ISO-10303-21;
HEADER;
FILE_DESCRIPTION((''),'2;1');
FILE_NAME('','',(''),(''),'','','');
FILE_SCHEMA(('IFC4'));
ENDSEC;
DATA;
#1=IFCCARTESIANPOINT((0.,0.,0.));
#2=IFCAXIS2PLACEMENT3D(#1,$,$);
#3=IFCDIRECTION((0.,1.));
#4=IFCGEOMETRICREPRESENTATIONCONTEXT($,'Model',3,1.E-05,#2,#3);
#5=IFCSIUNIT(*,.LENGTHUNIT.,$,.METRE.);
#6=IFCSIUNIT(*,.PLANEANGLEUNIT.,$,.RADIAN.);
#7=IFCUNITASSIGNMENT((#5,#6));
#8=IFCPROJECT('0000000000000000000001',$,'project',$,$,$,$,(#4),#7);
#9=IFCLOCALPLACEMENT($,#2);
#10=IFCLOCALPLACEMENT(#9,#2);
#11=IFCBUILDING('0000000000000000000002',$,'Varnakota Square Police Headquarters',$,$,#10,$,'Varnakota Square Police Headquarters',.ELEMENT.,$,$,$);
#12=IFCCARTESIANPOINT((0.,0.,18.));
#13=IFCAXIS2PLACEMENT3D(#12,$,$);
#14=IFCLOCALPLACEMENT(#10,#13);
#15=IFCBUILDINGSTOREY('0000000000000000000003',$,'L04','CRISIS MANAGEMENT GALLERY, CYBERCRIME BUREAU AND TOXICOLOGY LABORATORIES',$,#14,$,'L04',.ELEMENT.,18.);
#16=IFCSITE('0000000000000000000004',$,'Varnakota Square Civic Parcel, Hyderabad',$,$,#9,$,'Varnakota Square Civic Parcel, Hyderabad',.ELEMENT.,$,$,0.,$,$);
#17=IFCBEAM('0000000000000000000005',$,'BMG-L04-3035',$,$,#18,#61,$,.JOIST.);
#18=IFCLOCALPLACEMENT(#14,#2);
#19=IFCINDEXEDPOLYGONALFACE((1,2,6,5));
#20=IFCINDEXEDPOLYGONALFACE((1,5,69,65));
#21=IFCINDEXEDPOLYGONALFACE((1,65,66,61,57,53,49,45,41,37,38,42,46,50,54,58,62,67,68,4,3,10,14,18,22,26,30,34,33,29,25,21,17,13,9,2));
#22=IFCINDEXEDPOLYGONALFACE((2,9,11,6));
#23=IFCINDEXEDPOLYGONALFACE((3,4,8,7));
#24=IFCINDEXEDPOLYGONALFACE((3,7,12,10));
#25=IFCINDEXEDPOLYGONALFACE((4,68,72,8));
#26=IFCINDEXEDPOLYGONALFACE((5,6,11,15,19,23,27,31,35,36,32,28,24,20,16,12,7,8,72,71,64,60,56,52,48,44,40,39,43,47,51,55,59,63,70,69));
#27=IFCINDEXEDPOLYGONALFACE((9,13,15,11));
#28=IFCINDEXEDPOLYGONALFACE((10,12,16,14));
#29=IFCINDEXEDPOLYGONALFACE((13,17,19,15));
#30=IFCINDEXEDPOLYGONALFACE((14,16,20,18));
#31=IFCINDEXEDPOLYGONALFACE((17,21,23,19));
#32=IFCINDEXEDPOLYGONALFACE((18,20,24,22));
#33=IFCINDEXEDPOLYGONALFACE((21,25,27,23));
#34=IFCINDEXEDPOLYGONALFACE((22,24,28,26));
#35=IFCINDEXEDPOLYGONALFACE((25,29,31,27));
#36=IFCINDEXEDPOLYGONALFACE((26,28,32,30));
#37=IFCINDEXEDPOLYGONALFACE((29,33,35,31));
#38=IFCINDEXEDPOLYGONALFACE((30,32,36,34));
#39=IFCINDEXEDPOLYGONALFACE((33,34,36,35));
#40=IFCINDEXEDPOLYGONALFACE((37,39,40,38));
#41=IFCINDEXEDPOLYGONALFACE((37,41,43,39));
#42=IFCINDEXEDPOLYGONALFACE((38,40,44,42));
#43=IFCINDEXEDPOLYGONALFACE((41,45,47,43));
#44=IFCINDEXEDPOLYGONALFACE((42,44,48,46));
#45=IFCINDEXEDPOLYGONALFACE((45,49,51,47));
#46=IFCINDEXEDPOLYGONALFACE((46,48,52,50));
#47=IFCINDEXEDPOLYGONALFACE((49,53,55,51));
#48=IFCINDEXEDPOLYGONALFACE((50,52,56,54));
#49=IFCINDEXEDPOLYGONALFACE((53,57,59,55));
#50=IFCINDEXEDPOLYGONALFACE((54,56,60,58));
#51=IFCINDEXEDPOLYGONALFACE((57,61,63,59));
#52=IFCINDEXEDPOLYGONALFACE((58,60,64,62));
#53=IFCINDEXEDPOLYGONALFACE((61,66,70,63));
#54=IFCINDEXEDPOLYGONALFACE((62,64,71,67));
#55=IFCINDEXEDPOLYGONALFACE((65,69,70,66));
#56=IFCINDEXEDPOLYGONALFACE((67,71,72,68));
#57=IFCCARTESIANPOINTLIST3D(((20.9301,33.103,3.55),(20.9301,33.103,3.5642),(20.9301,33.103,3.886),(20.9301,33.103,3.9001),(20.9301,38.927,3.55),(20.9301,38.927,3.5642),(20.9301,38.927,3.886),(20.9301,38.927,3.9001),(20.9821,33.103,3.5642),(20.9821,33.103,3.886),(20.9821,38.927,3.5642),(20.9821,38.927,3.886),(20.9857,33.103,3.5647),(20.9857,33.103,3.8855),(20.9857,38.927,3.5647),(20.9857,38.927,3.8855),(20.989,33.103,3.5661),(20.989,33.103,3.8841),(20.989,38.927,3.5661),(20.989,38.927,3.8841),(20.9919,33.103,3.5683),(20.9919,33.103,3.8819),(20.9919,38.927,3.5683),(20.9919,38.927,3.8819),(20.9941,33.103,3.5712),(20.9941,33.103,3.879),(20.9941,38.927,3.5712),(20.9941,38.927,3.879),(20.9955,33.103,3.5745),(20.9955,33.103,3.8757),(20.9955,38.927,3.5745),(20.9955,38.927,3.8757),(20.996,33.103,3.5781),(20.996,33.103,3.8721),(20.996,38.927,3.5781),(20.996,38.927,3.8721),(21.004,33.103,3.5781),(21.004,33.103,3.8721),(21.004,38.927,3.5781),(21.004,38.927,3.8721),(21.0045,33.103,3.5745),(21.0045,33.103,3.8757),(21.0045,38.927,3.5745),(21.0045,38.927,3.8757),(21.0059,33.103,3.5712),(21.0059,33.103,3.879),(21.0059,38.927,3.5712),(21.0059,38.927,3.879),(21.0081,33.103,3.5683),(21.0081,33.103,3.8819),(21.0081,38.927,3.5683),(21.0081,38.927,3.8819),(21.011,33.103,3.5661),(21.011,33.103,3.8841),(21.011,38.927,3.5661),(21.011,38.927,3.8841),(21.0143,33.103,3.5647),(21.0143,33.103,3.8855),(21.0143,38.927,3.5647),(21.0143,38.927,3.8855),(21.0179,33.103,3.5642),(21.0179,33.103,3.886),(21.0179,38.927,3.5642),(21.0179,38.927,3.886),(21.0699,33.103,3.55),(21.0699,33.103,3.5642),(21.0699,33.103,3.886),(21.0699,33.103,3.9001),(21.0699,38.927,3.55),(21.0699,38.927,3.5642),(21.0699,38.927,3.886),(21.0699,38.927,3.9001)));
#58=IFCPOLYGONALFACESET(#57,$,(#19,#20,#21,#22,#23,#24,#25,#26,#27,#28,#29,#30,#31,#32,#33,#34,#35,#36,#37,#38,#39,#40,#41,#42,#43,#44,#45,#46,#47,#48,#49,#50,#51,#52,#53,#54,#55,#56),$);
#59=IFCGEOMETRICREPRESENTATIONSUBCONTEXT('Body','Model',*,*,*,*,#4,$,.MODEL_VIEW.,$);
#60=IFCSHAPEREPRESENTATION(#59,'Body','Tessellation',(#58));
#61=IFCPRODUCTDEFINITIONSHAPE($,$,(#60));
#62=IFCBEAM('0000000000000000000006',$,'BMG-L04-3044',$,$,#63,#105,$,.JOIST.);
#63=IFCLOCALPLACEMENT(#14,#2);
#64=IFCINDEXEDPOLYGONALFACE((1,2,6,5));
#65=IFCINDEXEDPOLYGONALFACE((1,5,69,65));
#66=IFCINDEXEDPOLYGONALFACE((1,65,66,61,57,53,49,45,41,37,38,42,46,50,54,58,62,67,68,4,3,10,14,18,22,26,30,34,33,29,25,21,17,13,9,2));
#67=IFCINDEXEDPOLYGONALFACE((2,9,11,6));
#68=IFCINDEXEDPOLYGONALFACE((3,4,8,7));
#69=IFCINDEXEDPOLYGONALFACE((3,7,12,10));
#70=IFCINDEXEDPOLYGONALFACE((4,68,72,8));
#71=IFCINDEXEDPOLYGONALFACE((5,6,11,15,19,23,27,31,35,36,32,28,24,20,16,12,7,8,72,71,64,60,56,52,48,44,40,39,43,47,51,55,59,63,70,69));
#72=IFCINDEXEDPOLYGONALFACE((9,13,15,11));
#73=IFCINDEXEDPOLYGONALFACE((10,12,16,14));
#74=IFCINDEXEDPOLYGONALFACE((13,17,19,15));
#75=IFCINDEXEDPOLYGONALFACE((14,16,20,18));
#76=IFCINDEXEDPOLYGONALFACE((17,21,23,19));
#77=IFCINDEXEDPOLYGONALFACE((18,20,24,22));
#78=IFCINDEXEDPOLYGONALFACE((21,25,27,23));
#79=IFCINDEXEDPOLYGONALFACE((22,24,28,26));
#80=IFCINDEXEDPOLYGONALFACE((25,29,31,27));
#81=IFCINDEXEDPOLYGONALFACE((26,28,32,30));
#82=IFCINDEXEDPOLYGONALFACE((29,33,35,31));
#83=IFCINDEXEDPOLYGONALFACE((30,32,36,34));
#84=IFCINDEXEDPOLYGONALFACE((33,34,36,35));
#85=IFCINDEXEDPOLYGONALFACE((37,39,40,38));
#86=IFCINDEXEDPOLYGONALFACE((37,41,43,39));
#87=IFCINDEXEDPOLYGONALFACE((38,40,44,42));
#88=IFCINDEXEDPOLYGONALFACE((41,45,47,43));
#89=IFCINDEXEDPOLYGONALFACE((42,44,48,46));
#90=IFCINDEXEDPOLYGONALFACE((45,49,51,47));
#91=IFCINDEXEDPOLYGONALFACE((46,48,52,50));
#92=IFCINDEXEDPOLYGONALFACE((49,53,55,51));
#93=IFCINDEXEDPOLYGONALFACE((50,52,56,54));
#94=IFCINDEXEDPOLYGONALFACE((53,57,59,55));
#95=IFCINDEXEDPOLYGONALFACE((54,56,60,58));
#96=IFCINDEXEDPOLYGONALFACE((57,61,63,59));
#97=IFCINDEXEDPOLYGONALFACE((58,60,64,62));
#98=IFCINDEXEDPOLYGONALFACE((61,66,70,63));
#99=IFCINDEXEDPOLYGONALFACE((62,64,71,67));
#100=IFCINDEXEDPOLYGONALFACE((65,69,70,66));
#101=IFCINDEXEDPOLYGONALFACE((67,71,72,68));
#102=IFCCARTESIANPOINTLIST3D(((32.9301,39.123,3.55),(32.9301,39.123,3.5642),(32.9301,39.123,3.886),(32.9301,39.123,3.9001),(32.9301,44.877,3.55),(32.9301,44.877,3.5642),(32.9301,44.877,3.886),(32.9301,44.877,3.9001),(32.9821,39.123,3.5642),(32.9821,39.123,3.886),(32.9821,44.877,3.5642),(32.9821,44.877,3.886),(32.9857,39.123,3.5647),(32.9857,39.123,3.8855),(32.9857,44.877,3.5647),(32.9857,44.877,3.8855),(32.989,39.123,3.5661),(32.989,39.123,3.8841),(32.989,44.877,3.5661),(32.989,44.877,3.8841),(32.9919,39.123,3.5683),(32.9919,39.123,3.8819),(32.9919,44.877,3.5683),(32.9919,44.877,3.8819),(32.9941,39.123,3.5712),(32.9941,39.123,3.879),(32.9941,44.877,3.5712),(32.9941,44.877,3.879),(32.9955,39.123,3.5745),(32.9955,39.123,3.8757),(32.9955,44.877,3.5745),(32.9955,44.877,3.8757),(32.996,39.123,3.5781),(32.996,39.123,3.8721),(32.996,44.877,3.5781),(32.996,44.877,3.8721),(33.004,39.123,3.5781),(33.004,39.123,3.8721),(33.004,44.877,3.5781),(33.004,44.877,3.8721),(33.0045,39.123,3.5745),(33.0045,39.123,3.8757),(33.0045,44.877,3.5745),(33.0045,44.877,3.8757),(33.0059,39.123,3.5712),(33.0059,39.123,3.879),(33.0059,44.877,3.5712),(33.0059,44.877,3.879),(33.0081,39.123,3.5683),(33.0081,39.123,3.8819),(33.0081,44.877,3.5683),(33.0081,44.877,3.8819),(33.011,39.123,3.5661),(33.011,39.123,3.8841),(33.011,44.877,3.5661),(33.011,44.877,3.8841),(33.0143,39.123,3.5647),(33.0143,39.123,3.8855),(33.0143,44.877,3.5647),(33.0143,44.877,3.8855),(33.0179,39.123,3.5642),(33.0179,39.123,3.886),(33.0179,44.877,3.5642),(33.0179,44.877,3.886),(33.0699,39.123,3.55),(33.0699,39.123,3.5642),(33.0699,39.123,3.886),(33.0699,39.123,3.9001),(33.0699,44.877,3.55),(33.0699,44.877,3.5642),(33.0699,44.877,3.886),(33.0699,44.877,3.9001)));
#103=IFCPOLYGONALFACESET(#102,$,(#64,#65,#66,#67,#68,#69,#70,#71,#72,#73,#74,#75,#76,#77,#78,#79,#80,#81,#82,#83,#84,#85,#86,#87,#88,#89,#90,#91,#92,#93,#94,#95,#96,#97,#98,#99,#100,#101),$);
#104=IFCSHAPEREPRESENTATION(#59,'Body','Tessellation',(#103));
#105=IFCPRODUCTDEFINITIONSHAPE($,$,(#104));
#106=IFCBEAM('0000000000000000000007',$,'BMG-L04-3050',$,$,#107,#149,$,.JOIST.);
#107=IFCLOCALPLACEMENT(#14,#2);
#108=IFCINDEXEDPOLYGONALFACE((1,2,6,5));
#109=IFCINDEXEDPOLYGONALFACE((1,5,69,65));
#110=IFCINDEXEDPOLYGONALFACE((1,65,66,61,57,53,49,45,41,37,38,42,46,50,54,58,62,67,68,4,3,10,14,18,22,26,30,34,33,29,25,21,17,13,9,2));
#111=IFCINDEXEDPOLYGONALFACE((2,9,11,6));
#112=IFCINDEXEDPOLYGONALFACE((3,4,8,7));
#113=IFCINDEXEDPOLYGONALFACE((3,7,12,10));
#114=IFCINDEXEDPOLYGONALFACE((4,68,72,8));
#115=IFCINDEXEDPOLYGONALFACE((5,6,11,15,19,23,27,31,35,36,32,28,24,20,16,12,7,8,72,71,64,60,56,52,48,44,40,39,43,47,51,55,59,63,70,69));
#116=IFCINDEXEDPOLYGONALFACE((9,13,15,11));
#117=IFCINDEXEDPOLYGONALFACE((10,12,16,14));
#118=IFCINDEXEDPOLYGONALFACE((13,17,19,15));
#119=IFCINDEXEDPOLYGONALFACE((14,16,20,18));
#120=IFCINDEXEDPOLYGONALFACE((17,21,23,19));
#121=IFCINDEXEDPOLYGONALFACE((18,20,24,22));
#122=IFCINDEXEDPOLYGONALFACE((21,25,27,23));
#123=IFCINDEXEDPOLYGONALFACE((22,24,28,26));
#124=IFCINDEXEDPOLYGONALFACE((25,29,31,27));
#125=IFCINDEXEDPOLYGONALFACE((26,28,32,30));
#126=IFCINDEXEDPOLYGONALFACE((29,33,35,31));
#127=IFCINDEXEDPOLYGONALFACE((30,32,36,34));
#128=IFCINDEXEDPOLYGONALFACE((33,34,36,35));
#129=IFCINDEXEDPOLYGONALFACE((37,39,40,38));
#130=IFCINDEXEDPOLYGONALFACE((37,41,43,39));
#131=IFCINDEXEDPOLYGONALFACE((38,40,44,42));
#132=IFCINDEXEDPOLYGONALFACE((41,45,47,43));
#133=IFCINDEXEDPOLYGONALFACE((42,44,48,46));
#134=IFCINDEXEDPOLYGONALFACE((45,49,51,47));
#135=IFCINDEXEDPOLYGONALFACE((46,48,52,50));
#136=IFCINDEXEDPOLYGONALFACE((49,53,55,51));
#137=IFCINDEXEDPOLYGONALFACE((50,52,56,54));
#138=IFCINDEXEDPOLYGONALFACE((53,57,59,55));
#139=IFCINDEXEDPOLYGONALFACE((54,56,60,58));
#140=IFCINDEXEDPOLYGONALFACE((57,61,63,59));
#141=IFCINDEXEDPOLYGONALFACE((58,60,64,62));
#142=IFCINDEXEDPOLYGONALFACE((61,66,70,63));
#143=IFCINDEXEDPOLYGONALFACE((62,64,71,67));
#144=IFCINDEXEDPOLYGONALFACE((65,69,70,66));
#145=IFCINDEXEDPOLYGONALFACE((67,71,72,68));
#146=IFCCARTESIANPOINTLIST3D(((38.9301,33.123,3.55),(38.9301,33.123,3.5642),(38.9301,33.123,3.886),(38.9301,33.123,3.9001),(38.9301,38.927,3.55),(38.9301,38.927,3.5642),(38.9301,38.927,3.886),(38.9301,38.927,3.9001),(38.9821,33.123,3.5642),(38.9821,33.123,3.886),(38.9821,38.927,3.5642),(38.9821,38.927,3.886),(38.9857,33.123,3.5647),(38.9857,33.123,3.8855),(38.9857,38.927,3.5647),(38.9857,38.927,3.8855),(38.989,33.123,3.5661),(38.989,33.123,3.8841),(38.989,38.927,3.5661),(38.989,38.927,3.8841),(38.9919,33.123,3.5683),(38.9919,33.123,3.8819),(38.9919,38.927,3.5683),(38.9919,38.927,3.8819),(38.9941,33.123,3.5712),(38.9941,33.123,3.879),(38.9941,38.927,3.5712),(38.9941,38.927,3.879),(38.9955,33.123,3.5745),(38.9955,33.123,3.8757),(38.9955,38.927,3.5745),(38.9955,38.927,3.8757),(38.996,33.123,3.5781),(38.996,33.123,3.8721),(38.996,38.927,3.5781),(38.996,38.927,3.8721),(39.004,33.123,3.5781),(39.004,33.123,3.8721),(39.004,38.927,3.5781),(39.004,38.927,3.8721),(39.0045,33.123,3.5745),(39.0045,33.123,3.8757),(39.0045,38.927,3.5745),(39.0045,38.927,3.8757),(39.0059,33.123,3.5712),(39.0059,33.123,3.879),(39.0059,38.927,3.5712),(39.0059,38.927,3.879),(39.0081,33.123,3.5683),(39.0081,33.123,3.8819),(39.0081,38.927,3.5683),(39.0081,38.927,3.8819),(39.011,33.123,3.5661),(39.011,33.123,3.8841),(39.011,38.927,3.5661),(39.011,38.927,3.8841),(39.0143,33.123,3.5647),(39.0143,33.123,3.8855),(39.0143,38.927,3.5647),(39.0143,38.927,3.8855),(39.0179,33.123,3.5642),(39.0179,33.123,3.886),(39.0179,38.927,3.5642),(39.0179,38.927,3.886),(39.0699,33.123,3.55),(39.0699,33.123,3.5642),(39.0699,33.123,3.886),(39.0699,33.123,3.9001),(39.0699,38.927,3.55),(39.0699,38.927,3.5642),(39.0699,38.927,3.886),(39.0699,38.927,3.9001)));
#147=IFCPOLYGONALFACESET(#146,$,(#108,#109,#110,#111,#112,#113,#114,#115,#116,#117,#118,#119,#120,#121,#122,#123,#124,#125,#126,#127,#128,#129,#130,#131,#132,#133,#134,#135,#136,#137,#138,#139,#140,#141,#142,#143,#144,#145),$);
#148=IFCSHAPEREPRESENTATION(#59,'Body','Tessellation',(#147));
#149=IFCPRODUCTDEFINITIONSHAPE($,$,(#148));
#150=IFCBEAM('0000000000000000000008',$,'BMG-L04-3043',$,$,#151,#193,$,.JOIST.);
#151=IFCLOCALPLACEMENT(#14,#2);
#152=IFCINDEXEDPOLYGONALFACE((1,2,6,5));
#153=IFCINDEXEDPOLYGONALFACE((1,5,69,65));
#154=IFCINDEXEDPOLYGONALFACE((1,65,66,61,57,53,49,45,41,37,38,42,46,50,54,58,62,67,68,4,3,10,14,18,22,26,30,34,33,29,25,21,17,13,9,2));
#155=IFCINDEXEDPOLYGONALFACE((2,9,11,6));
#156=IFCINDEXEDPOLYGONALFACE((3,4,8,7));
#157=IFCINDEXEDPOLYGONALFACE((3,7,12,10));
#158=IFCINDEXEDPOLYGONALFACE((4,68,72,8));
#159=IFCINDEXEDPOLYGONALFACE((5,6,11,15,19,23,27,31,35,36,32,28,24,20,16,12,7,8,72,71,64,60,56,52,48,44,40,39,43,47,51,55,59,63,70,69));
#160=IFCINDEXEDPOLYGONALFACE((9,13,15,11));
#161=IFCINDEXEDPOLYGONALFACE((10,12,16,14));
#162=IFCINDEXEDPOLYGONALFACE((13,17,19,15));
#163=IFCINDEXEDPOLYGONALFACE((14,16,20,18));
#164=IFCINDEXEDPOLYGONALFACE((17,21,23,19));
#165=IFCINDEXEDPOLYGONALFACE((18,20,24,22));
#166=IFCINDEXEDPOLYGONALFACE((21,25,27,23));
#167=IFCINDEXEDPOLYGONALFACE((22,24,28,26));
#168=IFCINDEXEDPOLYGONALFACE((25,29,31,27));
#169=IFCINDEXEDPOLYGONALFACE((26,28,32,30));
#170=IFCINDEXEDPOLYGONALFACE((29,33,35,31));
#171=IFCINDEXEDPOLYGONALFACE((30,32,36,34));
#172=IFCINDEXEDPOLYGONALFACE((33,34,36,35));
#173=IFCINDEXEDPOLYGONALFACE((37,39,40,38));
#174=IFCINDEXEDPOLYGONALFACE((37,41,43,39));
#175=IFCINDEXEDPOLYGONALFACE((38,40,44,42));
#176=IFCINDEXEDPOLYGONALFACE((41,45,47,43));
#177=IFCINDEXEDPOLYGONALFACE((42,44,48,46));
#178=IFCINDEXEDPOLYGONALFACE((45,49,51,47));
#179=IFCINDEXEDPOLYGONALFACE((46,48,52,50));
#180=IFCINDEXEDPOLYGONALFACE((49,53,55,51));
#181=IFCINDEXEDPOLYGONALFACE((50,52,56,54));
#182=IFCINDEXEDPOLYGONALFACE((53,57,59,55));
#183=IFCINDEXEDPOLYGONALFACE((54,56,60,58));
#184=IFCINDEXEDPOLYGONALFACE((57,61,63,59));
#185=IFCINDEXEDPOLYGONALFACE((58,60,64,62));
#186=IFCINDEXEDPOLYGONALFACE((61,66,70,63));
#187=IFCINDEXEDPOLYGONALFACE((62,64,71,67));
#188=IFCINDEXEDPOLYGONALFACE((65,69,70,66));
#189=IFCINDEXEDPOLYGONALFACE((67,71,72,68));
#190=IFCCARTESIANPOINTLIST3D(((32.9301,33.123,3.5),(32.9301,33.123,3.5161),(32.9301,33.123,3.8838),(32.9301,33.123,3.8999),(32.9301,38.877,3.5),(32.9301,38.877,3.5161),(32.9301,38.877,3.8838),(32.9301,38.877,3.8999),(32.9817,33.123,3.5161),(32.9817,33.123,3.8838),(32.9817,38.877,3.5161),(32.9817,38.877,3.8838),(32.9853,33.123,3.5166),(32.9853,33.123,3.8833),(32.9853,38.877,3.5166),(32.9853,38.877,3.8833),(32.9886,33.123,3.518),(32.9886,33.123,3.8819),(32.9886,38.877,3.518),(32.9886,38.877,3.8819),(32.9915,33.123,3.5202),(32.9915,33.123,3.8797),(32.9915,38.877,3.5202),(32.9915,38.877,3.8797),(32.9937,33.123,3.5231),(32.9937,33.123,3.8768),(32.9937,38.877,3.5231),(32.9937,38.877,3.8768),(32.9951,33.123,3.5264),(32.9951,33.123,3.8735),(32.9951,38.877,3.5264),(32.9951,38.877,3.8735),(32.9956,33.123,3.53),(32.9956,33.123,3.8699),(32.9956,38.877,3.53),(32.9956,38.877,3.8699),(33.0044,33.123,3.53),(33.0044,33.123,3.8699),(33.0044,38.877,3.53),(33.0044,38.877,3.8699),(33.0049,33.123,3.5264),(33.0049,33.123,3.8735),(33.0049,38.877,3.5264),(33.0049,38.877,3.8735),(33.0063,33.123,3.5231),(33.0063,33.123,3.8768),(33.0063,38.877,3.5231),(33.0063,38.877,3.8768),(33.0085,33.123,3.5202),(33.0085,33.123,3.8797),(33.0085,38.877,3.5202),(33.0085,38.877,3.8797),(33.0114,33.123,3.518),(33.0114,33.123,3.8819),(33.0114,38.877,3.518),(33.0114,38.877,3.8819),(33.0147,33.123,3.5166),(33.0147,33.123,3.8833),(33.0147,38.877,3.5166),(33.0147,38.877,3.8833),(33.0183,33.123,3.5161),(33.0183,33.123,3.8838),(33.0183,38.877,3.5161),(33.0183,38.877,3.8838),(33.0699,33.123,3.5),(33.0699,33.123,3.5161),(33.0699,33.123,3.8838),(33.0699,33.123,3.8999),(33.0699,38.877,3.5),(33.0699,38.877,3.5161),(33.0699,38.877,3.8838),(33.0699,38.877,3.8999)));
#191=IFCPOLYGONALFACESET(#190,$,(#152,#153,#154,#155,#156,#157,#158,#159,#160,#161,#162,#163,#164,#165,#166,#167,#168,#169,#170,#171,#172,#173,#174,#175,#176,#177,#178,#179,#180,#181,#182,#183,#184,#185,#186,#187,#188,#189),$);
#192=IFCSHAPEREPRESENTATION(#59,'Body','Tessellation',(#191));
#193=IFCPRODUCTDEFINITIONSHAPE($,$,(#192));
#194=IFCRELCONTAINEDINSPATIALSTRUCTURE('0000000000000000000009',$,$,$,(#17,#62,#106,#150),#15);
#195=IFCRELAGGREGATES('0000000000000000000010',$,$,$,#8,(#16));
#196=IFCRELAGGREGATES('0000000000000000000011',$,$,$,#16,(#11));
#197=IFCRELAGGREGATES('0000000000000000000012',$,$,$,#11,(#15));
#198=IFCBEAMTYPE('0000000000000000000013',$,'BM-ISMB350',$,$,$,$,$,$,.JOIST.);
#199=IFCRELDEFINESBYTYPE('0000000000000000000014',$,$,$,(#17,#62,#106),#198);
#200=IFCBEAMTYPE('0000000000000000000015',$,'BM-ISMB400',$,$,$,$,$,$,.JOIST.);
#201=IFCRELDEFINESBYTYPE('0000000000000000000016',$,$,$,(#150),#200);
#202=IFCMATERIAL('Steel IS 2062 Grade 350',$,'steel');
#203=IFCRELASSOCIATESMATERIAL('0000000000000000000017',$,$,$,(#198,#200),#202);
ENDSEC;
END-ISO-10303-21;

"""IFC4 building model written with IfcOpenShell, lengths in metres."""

from ifc_helpers import new_model, si_unit, direction, frame, origin, origin_2d, place, context, subcontext, project, spatial, i_section, extrude, material, material_profile, profile_set, type_object, element, save


model = new_model("IFC4")

# Units and contexts
model_context = context("Model", 3, precision=1e-05, world=origin(), true_north=direction((0.0, 1.0)))
body_context = subcontext(model_context, "Body", "Model", "MODEL_VIEW")
ifc_project = project(units=[si_unit("LENGTHUNIT", "METRE"), si_unit("PLANEANGLEUNIT", "RADIAN")], contexts=[model_context])

# Site, building, storey
site_placement = place(None, origin())
site = spatial("IfcSite", under=ifc_project, at=site_placement, Name="Varnakota Square Civic Parcel, Hyderabad", LongName="Varnakota Square Civic Parcel, Hyderabad", CompositionType="ELEMENT", RefElevation=0.0)
building_placement = place(site_placement, origin())
building = spatial("IfcBuilding", under=site, at=building_placement, Name="Varnakota Square Police Headquarters", LongName="Varnakota Square Police Headquarters", CompositionType="ELEMENT")
storey_placement = place(building_placement, frame((0.0, 0.0, 18.0)))
storey = spatial("IfcBuildingStorey", under=building, at=storey_placement, Name="L04", Description="CRISIS MANAGEMENT GALLERY, CYBERCRIME BUREAU AND TOXICOLOGY LABORATORIES", LongName="L04", CompositionType="ELEMENT", Elevation=18.0)

# Shared definitions
ifc_material_1 = material(Name="Steel IS 2062 Grade 350", Category="steel")

# Beams
ifc_material_profile_1 = material_profile(ifc_material_1, i_section(OverallWidth=0.1399, OverallDepth=0.3501, WebThickness=0.0081, FlangeThickness=0.0142, FilletRadius=0.0139, at=origin_2d()), Name="ISMB 350")
ifc_profile_set_1 = profile_set([ifc_material_profile_1], Name="Steel IS 2062 Grade 350")
beam_type_1 = type_object("IfcBeamType", Name="BM-ISMB350", PredefinedType="JOIST", material=ifc_profile_set_1)
beam_1_placement = place(storey_placement, frame((21.0, 33.103, 3.7251), z_axis=(0.0, 1.0, 0.0), x_axis=(-1.0, 0.0, 0.0)))
element("IfcBeam", 1, at=beam_1_placement, inside=storey, type_object=beam_type_1, Name="BMG-L04-3035", PredefinedType="JOIST", context=body_context, shape_type="SweptSolid", body=[
    extrude(i_section(OverallWidth=0.1399, OverallDepth=0.3501, WebThickness=0.0081, FlangeThickness=0.0142, FilletRadius=0.0139, at=origin_2d()), origin(), (0.0, 0.0, 1.0), 5.824),
])
beam_2_placement = place(storey_placement, frame((33.0, 39.123, 3.7251), z_axis=(0.0, 1.0, 0.0), x_axis=(-1.0, 0.0, 0.0)))
element("IfcBeam", 2, at=beam_2_placement, inside=storey, type_object=beam_type_1, Name="BMG-L04-3044", PredefinedType="JOIST", context=body_context, shape_type="SweptSolid", body=[
    extrude(i_section(OverallWidth=0.1399, OverallDepth=0.3501, WebThickness=0.0081, FlangeThickness=0.0142, FilletRadius=0.0139, at=origin_2d()), origin(), (0.0, 0.0, 1.0), 5.7539),
])
beam_3_placement = place(storey_placement, frame((39.0, 33.123, 3.7251), z_axis=(0.0, 1.0, 0.0), x_axis=(-1.0, 0.0, 0.0)))
element("IfcBeam", 3, at=beam_3_placement, inside=storey, type_object=beam_type_1, Name="BMG-L04-3050", PredefinedType="JOIST", context=body_context, shape_type="SweptSolid", body=[
    extrude(i_section(OverallWidth=0.1399, OverallDepth=0.3501, WebThickness=0.0081, FlangeThickness=0.0142, FilletRadius=0.0139, at=origin_2d()), origin(), (0.0, 0.0, 1.0), 5.804),
])
ifc_material_profile_2 = material_profile(ifc_material_1, i_section(OverallWidth=0.1399, OverallDepth=0.3999, WebThickness=0.0088, FlangeThickness=0.0161, FilletRadius=0.0139, at=origin_2d()), Name="ISMB 400")
ifc_profile_set_2 = profile_set([ifc_material_profile_2], Name="Steel IS 2062 Grade 350")
beam_type_2 = type_object("IfcBeamType", Name="BM-ISMB400", PredefinedType="JOIST", material=ifc_profile_set_2)
beam_4_placement = place(storey_placement, frame((33.0, 33.123, 3.7), z_axis=(0.0, 1.0, 0.0), x_axis=(-1.0, 0.0, 0.0)))
element("IfcBeam", 4, at=beam_4_placement, inside=storey, type_object=beam_type_2, Name="BMG-L04-3043", PredefinedType="JOIST", context=body_context, shape_type="SweptSolid", body=[
    extrude(i_section(OverallWidth=0.1399, OverallDepth=0.3999, WebThickness=0.0088, FlangeThickness=0.0161, FilletRadius=0.0139, at=origin_2d()), origin(), (0.0, 0.0, 1.0), 5.7539),
])

save(model, "model.ifc")
